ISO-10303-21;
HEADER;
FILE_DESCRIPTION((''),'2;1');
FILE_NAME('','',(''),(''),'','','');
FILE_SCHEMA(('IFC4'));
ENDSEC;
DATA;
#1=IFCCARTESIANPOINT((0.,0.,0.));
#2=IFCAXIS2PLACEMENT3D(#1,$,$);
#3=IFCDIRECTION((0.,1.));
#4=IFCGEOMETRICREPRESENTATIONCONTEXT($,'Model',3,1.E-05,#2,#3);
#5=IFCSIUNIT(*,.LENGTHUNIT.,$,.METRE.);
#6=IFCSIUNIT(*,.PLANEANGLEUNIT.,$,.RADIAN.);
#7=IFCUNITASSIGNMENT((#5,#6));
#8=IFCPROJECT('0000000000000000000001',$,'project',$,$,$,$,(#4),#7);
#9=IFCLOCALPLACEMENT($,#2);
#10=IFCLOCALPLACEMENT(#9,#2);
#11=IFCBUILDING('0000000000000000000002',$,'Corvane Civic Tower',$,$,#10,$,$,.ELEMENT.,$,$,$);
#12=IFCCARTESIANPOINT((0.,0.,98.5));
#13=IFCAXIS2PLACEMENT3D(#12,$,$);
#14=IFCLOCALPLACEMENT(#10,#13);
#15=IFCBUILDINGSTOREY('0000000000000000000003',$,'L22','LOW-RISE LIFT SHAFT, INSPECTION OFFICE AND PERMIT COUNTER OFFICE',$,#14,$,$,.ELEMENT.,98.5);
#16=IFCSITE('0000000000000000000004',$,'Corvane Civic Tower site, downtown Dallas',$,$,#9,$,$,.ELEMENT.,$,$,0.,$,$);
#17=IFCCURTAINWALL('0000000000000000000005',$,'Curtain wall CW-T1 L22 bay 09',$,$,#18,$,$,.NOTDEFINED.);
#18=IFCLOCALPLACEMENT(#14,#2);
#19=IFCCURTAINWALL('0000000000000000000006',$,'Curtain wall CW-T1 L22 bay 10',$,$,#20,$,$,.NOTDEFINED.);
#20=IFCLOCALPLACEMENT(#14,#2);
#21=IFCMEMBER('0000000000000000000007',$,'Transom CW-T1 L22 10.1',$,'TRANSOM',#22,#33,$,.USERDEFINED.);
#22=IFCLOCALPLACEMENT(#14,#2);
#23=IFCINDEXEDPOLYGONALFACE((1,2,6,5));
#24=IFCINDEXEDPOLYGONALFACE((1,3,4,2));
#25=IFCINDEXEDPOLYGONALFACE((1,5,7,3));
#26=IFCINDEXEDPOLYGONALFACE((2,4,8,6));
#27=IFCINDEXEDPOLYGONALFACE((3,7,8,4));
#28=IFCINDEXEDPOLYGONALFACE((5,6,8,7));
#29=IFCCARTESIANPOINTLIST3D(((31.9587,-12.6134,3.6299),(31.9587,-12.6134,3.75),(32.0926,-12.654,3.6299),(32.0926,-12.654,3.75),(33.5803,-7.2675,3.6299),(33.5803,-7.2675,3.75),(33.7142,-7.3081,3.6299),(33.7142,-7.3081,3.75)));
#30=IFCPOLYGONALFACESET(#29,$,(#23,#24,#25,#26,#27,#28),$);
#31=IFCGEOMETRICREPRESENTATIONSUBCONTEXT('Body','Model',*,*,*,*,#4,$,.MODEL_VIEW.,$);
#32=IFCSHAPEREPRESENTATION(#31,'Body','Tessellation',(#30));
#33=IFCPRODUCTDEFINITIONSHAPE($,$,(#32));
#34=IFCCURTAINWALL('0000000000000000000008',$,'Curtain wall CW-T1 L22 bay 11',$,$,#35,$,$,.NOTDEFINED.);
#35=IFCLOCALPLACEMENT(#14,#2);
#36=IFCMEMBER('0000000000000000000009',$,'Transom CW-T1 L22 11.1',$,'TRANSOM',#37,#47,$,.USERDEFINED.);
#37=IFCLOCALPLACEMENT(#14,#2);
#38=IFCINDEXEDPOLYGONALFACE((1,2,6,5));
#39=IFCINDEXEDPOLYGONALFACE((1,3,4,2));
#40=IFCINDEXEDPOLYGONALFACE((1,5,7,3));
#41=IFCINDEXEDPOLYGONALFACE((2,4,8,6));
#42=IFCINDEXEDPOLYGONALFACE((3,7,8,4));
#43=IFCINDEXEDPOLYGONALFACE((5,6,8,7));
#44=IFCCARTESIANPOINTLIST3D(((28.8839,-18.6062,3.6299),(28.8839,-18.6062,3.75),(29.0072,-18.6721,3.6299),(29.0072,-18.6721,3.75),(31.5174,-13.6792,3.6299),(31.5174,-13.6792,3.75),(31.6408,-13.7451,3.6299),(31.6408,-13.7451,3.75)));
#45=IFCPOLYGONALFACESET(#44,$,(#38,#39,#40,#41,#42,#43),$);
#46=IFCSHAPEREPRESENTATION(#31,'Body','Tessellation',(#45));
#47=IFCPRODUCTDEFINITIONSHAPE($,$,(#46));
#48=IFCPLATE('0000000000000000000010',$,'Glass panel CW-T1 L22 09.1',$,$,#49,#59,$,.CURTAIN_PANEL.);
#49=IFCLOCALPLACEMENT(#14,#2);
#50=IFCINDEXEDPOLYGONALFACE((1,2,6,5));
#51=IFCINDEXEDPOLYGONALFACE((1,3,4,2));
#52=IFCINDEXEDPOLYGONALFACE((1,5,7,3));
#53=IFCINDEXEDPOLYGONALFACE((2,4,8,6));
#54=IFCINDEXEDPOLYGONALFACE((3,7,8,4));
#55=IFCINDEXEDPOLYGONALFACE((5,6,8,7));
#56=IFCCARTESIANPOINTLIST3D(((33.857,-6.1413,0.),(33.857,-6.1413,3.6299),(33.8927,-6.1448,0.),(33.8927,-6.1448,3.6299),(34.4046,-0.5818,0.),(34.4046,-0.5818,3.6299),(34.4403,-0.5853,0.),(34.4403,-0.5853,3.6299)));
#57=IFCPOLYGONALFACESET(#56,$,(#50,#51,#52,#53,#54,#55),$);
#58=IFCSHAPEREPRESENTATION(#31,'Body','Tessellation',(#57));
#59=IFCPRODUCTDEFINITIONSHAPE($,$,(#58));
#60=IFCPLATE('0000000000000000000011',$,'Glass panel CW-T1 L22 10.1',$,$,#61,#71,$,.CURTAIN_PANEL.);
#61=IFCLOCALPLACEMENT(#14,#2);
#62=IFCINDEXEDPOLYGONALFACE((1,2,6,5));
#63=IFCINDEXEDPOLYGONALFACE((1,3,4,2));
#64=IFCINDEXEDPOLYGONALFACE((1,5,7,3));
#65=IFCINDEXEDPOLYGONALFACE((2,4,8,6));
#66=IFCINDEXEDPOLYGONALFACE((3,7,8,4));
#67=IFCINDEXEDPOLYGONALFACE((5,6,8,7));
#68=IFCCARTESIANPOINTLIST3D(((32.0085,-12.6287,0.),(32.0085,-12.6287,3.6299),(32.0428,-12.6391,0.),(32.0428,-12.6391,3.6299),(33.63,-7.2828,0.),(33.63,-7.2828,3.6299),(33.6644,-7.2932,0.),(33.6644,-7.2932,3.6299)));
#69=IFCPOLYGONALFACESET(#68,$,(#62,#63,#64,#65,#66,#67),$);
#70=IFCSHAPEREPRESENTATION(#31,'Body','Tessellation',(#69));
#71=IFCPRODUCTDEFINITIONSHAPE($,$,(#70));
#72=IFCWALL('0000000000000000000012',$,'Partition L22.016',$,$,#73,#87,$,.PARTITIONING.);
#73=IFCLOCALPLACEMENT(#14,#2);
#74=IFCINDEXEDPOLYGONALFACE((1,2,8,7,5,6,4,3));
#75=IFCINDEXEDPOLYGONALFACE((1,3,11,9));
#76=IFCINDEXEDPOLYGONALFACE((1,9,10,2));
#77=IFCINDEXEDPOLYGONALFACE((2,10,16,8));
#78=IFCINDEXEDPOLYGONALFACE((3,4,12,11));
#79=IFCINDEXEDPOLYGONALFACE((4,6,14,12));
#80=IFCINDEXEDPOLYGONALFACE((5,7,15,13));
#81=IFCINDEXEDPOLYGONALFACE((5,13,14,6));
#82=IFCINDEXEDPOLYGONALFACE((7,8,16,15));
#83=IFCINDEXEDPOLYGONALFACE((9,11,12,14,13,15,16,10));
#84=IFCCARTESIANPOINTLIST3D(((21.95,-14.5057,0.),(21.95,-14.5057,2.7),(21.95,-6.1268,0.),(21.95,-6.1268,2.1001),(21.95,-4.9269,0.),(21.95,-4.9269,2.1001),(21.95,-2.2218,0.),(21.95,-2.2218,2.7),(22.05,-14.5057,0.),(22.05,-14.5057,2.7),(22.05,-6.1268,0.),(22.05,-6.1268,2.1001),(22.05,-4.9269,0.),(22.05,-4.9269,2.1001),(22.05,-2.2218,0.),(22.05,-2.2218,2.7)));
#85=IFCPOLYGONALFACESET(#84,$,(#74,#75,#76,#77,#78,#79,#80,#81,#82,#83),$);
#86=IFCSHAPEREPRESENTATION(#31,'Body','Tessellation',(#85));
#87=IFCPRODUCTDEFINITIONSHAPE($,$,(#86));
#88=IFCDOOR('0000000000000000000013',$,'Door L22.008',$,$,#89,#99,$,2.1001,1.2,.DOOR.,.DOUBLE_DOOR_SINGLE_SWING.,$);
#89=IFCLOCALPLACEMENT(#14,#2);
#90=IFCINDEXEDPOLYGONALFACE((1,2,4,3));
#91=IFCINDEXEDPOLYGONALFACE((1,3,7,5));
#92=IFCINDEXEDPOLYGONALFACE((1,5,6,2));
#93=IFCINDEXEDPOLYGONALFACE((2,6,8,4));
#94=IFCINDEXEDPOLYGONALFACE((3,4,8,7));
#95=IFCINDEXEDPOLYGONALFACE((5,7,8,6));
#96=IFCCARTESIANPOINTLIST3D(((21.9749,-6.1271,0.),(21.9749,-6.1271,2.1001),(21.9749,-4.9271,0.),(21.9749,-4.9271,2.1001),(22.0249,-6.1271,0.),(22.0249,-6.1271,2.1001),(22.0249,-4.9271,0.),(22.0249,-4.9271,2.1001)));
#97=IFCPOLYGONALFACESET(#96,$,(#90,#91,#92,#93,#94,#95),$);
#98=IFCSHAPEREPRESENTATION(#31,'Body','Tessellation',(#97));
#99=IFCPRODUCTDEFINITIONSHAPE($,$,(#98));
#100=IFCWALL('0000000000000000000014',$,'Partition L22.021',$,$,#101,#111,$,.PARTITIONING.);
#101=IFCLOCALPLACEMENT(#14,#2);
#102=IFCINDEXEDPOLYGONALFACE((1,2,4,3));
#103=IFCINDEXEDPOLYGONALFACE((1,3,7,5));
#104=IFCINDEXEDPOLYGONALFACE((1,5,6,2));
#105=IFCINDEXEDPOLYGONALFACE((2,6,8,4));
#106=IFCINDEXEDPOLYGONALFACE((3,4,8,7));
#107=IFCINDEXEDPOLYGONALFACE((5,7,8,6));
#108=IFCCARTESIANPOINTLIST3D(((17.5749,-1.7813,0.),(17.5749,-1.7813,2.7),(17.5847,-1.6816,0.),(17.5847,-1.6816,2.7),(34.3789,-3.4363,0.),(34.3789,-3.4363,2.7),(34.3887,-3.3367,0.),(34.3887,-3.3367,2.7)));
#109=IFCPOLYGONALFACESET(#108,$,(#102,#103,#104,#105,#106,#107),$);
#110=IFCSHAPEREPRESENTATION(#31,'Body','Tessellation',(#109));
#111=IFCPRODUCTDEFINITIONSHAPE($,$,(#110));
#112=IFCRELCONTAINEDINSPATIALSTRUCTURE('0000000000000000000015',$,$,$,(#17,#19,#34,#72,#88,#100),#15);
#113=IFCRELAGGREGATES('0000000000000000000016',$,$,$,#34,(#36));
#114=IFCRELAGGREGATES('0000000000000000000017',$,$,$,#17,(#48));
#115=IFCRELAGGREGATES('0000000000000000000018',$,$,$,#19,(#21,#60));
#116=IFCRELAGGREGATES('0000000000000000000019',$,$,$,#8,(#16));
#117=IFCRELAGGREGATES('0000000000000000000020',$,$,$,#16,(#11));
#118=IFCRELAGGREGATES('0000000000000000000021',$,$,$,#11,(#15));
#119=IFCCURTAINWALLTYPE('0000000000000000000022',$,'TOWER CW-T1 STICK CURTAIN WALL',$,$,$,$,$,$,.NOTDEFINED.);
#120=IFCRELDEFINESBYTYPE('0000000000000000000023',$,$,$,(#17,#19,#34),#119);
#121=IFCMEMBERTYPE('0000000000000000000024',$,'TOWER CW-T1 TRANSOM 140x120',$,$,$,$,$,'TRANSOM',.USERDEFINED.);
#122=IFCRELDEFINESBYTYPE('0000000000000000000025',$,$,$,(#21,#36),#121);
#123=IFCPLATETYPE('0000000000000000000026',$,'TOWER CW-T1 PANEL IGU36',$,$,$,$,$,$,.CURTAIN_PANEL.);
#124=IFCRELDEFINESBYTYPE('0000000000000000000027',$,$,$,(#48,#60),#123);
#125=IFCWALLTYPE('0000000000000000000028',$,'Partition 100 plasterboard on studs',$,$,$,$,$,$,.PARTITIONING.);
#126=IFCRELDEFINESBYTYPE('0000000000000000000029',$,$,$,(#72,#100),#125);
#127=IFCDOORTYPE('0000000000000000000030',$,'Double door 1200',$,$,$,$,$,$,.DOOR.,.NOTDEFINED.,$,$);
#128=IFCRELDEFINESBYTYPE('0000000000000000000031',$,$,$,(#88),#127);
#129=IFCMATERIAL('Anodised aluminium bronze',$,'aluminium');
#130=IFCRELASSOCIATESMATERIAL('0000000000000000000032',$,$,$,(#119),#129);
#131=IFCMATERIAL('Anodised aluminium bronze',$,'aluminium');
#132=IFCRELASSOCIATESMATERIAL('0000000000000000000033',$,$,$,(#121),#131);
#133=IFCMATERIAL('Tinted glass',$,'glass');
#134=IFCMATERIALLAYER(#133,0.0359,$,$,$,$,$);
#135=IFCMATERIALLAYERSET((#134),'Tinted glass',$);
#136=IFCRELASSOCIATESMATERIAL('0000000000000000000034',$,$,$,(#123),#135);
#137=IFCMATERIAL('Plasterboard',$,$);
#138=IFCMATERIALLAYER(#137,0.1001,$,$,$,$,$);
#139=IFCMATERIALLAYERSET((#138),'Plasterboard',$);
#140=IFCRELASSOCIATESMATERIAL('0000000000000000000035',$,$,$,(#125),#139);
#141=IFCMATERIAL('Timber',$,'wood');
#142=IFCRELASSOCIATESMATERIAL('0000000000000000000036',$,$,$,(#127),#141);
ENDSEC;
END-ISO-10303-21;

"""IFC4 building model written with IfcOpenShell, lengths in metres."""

from ifc_helpers import new_model, si_unit, direction, frame, frame_2d, origin, origin_2d, place, context, subcontext, project, spatial, rectangle, extrude, material, layer, layer_set, material_profile, profile_set, type_object, element, fill, aggregate, save


model = new_model("IFC4")

# Units and contexts
model_context = context("Model", 3, precision=1e-05, world=origin(), true_north=direction((0.0, 1.0)))
body_context = subcontext(model_context, "Body", "Model", "MODEL_VIEW")
ifc_project = project(units=[si_unit("LENGTHUNIT", "METRE"), si_unit("PLANEANGLEUNIT", "RADIAN")], contexts=[model_context])

# Site, building, storey
site_placement = place(None, origin())
site = spatial("IfcSite", under=ifc_project, at=site_placement, Name="Corvane Civic Tower site, downtown Dallas", CompositionType="ELEMENT", RefElevation=0.0)
building_placement = place(site_placement, origin())
building = spatial("IfcBuilding", under=site, at=building_placement, Name="Corvane Civic Tower", CompositionType="ELEMENT")
storey_placement = place(building_placement, frame((0.0, 0.0, 98.5)))
storey = spatial("IfcBuildingStorey", under=building, at=storey_placement, Name="L22", Description="LOW-RISE LIFT SHAFT, INSPECTION OFFICE AND PERMIT COUNTER OFFICE", CompositionType="ELEMENT", Elevation=98.5)

# Curtain walls, members
ifc_material_1 = material(Name="Anodised aluminium bronze", Category="aluminium")
curtain_wall_type = type_object("IfcCurtainWallType", Name="TOWER CW-T1 STICK CURTAIN WALL", PredefinedType="NOTDEFINED", material=ifc_material_1)
curtain_wall_1_placement = place(storey_placement, origin())
curtain_wall_1 = element("IfcCurtainWall", 1, at=curtain_wall_1_placement, inside=storey, type_object=curtain_wall_type, Name="Curtain wall CW-T1 L22 bay 09", PredefinedType="NOTDEFINED")
ifc_material_2 = material(Name="Anodised aluminium bronze", Category="aluminium")
ifc_material_profile_1 = material_profile(ifc_material_2, rectangle(XDim=0.1399, YDim=0.1201, at=origin_2d()), Name="TOWER CW-T1 TRANSOM 140x120")
ifc_profile_set_1 = profile_set([ifc_material_profile_1], Name="Anodised aluminium bronze")
member_type = type_object("IfcMemberType", Name="TOWER CW-T1 TRANSOM 140x120", ElementType="TRANSOM", PredefinedType="USERDEFINED", material=ifc_profile_set_1)
curtain_wall_2_placement = place(storey_placement, origin())
curtain_wall_2 = element("IfcCurtainWall", 2, at=curtain_wall_2_placement, inside=storey, type_object=curtain_wall_type, Name="Curtain wall CW-T1 L22 bay 10", PredefinedType="NOTDEFINED")
member_1_placement = place(storey_placement, frame((33.6472, -7.2878, 3.6899), z_axis=(-0.290269, -0.956945, 0.0), x_axis=(0.956945, -0.290269, 0.0)))
member_1 = element("IfcMember", 3, at=member_1_placement, type_object=member_type, Name="Transom CW-T1 L22 10.1", ObjectType="TRANSOM", PredefinedType="USERDEFINED", context=body_context, shape_type="SweptSolid", body=[
    extrude(rectangle(XDim=0.1399, YDim=0.1201, at=origin_2d()), origin(), (0.0, 0.0, 1.0), 5.5864),
])
curtain_wall_3_placement = place(storey_placement, origin())
curtain_wall_3 = element("IfcCurtainWall", 4, at=curtain_wall_3_placement, inside=storey, type_object=curtain_wall_type, Name="Curtain wall CW-T1 L22 bay 11", PredefinedType="NOTDEFINED")
member_2_placement = place(storey_placement, frame((31.5791, -13.7122, 3.6899), z_axis=(-0.471398, -0.881921, 0.0), x_axis=(0.881921, -0.471398, 0.0)))
member_2 = element("IfcMember", 5, at=member_2_placement, type_object=member_type, Name="Transom CW-T1 L22 11.1", ObjectType="TRANSOM", PredefinedType="USERDEFINED", context=body_context, shape_type="SweptSolid", body=[
    extrude(rectangle(XDim=0.1399, YDim=0.1201, at=origin_2d()), origin(), (0.0, 0.0, 1.0), 5.5867),
])
aggregate(curtain_wall_3, [member_2])

# Plates
ifc_material_3 = material(Name="Tinted glass", Category="glass")
ifc_layer_1 = layer(ifc_material_3, 0.0359)
ifc_layer_set_1 = layer_set([ifc_layer_1], Name="Tinted glass")
plate_type = type_object("IfcPlateType", Name="TOWER CW-T1 PANEL IGU36", PredefinedType="CURTAIN_PANEL", material=ifc_layer_set_1)
plate_1_placement = place(storey_placement, frame((34.1487, -3.3633, 0.0), z_axis=(0.0, 0.0, 1.0), x_axis=(-0.098027, -0.995184, 0.0)))
plate_1 = element("IfcPlate", 6, at=plate_1_placement, type_object=plate_type, Name="Glass panel CW-T1 L22 09.1", PredefinedType="CURTAIN_PANEL", context=body_context, shape_type="SweptSolid", body=[
    extrude(rectangle(XDim=5.5864, YDim=0.0359, at=origin_2d()), origin(), (0.0, 0.0, 1.0), 3.6299),
])
aggregate(curtain_wall_1, [plate_1])
plate_2_placement = place(storey_placement, frame((32.8364, -9.9609, 0.0), z_axis=(0.0, 0.0, 1.0), x_axis=(-0.290266, -0.956946, 0.0)))
plate_2 = element("IfcPlate", 7, at=plate_2_placement, type_object=plate_type, Name="Glass panel CW-T1 L22 10.1", PredefinedType="CURTAIN_PANEL", context=body_context, shape_type="SweptSolid", body=[
    extrude(rectangle(XDim=5.5864, YDim=0.0359, at=origin_2d()), origin(), (0.0, 0.0, 1.0), 3.6299),
])
aggregate(curtain_wall_2, [member_1, plate_2])

# Wall, opening, door
ifc_material_4 = material(Name="Plasterboard")
ifc_layer_2 = layer(ifc_material_4, 0.1001)
ifc_layer_set_2 = layer_set([ifc_layer_2], Name="Plasterboard")
wall_type = type_object("IfcWallType", Name="Partition 100 plasterboard on studs", PredefinedType="PARTITIONING", material=ifc_layer_set_2)
wall_1_placement = place(storey_placement, frame((22.0, -14.5059, 0.0), z_axis=(0.0, 0.0, 1.0), x_axis=(0.0, 1.0, 0.0)))
wall_1 = element("IfcWall", 8, at=wall_1_placement, inside=storey, type_object=wall_type, Name="Partition L22.016", PredefinedType="PARTITIONING", context=body_context, shape_type="SweptSolid", body=[
    extrude(rectangle(XDim=12.2839, YDim=0.1001, at=frame_2d((6.1421, 0.0))), origin(), (0.0, 0.0, 1.0), 2.7),
])
opening_placement = place(wall_1_placement, frame((8.3789, 0.0, 0.0)))
opening = element("IfcOpeningElement", 9, at=opening_placement, cuts=wall_1, PredefinedType="OPENING", context=body_context, shape_type="SweptSolid", body=[
    extrude(rectangle(XDim=1.2, YDim=2.1001, at=frame_2d((0.6001, 1.05))), frame((0.0, 0.0601, 0.0), z_axis=(0.0, -1.0, 0.0), x_axis=(1.0, 0.0, 0.0)), (0.0, 0.0, 1.0), 0.1201),
])
ifc_material_5 = material(Name="Timber", Category="wood")
door_type = type_object("IfcDoorType", Name="Double door 1200", OperationType="NOTDEFINED", PredefinedType="DOOR", material=ifc_material_5)
door_placement = place(opening_placement, frame((1.2, 0.0, 0.0), z_axis=(0.0, 0.0, 1.0), x_axis=(-1.0, 0.0, 0.0)))
door = element("IfcDoor", 10, at=door_placement, inside=storey, type_object=door_type, Name="Door L22.008", OperationType="DOUBLE_DOOR_SINGLE_SWING", OverallHeight=2.1001, OverallWidth=1.2, PredefinedType="DOOR", context=body_context, shape_type="SweptSolid", body=[
    extrude(rectangle(XDim=1.2, YDim=2.1001, at=frame_2d((0.6001, 1.05))), frame((0.0, 0.0249, 0.0), z_axis=(0.0, -1.0, 0.0), x_axis=(1.0, 0.0, 0.0)), (0.0, 0.0, 1.0), 0.05),
])
fill(opening, door)

# Wall
wall_2_placement = place(storey_placement, frame((17.5798, -1.7314, 0.0), z_axis=(0.0, 0.0, 1.0), x_axis=(0.995185, -0.098016, 0.0)))
element("IfcWall", 11, at=wall_2_placement, inside=storey, type_object=wall_type, Name="Partition L22.021", PredefinedType="PARTITIONING", context=body_context, shape_type="SweptSolid", body=[
    extrude(rectangle(XDim=16.8853, YDim=0.1001, at=frame_2d((8.4426, 0.0))), origin(), (0.0, 0.0, 1.0), 2.7),
])

save(model, "model.ifc")
